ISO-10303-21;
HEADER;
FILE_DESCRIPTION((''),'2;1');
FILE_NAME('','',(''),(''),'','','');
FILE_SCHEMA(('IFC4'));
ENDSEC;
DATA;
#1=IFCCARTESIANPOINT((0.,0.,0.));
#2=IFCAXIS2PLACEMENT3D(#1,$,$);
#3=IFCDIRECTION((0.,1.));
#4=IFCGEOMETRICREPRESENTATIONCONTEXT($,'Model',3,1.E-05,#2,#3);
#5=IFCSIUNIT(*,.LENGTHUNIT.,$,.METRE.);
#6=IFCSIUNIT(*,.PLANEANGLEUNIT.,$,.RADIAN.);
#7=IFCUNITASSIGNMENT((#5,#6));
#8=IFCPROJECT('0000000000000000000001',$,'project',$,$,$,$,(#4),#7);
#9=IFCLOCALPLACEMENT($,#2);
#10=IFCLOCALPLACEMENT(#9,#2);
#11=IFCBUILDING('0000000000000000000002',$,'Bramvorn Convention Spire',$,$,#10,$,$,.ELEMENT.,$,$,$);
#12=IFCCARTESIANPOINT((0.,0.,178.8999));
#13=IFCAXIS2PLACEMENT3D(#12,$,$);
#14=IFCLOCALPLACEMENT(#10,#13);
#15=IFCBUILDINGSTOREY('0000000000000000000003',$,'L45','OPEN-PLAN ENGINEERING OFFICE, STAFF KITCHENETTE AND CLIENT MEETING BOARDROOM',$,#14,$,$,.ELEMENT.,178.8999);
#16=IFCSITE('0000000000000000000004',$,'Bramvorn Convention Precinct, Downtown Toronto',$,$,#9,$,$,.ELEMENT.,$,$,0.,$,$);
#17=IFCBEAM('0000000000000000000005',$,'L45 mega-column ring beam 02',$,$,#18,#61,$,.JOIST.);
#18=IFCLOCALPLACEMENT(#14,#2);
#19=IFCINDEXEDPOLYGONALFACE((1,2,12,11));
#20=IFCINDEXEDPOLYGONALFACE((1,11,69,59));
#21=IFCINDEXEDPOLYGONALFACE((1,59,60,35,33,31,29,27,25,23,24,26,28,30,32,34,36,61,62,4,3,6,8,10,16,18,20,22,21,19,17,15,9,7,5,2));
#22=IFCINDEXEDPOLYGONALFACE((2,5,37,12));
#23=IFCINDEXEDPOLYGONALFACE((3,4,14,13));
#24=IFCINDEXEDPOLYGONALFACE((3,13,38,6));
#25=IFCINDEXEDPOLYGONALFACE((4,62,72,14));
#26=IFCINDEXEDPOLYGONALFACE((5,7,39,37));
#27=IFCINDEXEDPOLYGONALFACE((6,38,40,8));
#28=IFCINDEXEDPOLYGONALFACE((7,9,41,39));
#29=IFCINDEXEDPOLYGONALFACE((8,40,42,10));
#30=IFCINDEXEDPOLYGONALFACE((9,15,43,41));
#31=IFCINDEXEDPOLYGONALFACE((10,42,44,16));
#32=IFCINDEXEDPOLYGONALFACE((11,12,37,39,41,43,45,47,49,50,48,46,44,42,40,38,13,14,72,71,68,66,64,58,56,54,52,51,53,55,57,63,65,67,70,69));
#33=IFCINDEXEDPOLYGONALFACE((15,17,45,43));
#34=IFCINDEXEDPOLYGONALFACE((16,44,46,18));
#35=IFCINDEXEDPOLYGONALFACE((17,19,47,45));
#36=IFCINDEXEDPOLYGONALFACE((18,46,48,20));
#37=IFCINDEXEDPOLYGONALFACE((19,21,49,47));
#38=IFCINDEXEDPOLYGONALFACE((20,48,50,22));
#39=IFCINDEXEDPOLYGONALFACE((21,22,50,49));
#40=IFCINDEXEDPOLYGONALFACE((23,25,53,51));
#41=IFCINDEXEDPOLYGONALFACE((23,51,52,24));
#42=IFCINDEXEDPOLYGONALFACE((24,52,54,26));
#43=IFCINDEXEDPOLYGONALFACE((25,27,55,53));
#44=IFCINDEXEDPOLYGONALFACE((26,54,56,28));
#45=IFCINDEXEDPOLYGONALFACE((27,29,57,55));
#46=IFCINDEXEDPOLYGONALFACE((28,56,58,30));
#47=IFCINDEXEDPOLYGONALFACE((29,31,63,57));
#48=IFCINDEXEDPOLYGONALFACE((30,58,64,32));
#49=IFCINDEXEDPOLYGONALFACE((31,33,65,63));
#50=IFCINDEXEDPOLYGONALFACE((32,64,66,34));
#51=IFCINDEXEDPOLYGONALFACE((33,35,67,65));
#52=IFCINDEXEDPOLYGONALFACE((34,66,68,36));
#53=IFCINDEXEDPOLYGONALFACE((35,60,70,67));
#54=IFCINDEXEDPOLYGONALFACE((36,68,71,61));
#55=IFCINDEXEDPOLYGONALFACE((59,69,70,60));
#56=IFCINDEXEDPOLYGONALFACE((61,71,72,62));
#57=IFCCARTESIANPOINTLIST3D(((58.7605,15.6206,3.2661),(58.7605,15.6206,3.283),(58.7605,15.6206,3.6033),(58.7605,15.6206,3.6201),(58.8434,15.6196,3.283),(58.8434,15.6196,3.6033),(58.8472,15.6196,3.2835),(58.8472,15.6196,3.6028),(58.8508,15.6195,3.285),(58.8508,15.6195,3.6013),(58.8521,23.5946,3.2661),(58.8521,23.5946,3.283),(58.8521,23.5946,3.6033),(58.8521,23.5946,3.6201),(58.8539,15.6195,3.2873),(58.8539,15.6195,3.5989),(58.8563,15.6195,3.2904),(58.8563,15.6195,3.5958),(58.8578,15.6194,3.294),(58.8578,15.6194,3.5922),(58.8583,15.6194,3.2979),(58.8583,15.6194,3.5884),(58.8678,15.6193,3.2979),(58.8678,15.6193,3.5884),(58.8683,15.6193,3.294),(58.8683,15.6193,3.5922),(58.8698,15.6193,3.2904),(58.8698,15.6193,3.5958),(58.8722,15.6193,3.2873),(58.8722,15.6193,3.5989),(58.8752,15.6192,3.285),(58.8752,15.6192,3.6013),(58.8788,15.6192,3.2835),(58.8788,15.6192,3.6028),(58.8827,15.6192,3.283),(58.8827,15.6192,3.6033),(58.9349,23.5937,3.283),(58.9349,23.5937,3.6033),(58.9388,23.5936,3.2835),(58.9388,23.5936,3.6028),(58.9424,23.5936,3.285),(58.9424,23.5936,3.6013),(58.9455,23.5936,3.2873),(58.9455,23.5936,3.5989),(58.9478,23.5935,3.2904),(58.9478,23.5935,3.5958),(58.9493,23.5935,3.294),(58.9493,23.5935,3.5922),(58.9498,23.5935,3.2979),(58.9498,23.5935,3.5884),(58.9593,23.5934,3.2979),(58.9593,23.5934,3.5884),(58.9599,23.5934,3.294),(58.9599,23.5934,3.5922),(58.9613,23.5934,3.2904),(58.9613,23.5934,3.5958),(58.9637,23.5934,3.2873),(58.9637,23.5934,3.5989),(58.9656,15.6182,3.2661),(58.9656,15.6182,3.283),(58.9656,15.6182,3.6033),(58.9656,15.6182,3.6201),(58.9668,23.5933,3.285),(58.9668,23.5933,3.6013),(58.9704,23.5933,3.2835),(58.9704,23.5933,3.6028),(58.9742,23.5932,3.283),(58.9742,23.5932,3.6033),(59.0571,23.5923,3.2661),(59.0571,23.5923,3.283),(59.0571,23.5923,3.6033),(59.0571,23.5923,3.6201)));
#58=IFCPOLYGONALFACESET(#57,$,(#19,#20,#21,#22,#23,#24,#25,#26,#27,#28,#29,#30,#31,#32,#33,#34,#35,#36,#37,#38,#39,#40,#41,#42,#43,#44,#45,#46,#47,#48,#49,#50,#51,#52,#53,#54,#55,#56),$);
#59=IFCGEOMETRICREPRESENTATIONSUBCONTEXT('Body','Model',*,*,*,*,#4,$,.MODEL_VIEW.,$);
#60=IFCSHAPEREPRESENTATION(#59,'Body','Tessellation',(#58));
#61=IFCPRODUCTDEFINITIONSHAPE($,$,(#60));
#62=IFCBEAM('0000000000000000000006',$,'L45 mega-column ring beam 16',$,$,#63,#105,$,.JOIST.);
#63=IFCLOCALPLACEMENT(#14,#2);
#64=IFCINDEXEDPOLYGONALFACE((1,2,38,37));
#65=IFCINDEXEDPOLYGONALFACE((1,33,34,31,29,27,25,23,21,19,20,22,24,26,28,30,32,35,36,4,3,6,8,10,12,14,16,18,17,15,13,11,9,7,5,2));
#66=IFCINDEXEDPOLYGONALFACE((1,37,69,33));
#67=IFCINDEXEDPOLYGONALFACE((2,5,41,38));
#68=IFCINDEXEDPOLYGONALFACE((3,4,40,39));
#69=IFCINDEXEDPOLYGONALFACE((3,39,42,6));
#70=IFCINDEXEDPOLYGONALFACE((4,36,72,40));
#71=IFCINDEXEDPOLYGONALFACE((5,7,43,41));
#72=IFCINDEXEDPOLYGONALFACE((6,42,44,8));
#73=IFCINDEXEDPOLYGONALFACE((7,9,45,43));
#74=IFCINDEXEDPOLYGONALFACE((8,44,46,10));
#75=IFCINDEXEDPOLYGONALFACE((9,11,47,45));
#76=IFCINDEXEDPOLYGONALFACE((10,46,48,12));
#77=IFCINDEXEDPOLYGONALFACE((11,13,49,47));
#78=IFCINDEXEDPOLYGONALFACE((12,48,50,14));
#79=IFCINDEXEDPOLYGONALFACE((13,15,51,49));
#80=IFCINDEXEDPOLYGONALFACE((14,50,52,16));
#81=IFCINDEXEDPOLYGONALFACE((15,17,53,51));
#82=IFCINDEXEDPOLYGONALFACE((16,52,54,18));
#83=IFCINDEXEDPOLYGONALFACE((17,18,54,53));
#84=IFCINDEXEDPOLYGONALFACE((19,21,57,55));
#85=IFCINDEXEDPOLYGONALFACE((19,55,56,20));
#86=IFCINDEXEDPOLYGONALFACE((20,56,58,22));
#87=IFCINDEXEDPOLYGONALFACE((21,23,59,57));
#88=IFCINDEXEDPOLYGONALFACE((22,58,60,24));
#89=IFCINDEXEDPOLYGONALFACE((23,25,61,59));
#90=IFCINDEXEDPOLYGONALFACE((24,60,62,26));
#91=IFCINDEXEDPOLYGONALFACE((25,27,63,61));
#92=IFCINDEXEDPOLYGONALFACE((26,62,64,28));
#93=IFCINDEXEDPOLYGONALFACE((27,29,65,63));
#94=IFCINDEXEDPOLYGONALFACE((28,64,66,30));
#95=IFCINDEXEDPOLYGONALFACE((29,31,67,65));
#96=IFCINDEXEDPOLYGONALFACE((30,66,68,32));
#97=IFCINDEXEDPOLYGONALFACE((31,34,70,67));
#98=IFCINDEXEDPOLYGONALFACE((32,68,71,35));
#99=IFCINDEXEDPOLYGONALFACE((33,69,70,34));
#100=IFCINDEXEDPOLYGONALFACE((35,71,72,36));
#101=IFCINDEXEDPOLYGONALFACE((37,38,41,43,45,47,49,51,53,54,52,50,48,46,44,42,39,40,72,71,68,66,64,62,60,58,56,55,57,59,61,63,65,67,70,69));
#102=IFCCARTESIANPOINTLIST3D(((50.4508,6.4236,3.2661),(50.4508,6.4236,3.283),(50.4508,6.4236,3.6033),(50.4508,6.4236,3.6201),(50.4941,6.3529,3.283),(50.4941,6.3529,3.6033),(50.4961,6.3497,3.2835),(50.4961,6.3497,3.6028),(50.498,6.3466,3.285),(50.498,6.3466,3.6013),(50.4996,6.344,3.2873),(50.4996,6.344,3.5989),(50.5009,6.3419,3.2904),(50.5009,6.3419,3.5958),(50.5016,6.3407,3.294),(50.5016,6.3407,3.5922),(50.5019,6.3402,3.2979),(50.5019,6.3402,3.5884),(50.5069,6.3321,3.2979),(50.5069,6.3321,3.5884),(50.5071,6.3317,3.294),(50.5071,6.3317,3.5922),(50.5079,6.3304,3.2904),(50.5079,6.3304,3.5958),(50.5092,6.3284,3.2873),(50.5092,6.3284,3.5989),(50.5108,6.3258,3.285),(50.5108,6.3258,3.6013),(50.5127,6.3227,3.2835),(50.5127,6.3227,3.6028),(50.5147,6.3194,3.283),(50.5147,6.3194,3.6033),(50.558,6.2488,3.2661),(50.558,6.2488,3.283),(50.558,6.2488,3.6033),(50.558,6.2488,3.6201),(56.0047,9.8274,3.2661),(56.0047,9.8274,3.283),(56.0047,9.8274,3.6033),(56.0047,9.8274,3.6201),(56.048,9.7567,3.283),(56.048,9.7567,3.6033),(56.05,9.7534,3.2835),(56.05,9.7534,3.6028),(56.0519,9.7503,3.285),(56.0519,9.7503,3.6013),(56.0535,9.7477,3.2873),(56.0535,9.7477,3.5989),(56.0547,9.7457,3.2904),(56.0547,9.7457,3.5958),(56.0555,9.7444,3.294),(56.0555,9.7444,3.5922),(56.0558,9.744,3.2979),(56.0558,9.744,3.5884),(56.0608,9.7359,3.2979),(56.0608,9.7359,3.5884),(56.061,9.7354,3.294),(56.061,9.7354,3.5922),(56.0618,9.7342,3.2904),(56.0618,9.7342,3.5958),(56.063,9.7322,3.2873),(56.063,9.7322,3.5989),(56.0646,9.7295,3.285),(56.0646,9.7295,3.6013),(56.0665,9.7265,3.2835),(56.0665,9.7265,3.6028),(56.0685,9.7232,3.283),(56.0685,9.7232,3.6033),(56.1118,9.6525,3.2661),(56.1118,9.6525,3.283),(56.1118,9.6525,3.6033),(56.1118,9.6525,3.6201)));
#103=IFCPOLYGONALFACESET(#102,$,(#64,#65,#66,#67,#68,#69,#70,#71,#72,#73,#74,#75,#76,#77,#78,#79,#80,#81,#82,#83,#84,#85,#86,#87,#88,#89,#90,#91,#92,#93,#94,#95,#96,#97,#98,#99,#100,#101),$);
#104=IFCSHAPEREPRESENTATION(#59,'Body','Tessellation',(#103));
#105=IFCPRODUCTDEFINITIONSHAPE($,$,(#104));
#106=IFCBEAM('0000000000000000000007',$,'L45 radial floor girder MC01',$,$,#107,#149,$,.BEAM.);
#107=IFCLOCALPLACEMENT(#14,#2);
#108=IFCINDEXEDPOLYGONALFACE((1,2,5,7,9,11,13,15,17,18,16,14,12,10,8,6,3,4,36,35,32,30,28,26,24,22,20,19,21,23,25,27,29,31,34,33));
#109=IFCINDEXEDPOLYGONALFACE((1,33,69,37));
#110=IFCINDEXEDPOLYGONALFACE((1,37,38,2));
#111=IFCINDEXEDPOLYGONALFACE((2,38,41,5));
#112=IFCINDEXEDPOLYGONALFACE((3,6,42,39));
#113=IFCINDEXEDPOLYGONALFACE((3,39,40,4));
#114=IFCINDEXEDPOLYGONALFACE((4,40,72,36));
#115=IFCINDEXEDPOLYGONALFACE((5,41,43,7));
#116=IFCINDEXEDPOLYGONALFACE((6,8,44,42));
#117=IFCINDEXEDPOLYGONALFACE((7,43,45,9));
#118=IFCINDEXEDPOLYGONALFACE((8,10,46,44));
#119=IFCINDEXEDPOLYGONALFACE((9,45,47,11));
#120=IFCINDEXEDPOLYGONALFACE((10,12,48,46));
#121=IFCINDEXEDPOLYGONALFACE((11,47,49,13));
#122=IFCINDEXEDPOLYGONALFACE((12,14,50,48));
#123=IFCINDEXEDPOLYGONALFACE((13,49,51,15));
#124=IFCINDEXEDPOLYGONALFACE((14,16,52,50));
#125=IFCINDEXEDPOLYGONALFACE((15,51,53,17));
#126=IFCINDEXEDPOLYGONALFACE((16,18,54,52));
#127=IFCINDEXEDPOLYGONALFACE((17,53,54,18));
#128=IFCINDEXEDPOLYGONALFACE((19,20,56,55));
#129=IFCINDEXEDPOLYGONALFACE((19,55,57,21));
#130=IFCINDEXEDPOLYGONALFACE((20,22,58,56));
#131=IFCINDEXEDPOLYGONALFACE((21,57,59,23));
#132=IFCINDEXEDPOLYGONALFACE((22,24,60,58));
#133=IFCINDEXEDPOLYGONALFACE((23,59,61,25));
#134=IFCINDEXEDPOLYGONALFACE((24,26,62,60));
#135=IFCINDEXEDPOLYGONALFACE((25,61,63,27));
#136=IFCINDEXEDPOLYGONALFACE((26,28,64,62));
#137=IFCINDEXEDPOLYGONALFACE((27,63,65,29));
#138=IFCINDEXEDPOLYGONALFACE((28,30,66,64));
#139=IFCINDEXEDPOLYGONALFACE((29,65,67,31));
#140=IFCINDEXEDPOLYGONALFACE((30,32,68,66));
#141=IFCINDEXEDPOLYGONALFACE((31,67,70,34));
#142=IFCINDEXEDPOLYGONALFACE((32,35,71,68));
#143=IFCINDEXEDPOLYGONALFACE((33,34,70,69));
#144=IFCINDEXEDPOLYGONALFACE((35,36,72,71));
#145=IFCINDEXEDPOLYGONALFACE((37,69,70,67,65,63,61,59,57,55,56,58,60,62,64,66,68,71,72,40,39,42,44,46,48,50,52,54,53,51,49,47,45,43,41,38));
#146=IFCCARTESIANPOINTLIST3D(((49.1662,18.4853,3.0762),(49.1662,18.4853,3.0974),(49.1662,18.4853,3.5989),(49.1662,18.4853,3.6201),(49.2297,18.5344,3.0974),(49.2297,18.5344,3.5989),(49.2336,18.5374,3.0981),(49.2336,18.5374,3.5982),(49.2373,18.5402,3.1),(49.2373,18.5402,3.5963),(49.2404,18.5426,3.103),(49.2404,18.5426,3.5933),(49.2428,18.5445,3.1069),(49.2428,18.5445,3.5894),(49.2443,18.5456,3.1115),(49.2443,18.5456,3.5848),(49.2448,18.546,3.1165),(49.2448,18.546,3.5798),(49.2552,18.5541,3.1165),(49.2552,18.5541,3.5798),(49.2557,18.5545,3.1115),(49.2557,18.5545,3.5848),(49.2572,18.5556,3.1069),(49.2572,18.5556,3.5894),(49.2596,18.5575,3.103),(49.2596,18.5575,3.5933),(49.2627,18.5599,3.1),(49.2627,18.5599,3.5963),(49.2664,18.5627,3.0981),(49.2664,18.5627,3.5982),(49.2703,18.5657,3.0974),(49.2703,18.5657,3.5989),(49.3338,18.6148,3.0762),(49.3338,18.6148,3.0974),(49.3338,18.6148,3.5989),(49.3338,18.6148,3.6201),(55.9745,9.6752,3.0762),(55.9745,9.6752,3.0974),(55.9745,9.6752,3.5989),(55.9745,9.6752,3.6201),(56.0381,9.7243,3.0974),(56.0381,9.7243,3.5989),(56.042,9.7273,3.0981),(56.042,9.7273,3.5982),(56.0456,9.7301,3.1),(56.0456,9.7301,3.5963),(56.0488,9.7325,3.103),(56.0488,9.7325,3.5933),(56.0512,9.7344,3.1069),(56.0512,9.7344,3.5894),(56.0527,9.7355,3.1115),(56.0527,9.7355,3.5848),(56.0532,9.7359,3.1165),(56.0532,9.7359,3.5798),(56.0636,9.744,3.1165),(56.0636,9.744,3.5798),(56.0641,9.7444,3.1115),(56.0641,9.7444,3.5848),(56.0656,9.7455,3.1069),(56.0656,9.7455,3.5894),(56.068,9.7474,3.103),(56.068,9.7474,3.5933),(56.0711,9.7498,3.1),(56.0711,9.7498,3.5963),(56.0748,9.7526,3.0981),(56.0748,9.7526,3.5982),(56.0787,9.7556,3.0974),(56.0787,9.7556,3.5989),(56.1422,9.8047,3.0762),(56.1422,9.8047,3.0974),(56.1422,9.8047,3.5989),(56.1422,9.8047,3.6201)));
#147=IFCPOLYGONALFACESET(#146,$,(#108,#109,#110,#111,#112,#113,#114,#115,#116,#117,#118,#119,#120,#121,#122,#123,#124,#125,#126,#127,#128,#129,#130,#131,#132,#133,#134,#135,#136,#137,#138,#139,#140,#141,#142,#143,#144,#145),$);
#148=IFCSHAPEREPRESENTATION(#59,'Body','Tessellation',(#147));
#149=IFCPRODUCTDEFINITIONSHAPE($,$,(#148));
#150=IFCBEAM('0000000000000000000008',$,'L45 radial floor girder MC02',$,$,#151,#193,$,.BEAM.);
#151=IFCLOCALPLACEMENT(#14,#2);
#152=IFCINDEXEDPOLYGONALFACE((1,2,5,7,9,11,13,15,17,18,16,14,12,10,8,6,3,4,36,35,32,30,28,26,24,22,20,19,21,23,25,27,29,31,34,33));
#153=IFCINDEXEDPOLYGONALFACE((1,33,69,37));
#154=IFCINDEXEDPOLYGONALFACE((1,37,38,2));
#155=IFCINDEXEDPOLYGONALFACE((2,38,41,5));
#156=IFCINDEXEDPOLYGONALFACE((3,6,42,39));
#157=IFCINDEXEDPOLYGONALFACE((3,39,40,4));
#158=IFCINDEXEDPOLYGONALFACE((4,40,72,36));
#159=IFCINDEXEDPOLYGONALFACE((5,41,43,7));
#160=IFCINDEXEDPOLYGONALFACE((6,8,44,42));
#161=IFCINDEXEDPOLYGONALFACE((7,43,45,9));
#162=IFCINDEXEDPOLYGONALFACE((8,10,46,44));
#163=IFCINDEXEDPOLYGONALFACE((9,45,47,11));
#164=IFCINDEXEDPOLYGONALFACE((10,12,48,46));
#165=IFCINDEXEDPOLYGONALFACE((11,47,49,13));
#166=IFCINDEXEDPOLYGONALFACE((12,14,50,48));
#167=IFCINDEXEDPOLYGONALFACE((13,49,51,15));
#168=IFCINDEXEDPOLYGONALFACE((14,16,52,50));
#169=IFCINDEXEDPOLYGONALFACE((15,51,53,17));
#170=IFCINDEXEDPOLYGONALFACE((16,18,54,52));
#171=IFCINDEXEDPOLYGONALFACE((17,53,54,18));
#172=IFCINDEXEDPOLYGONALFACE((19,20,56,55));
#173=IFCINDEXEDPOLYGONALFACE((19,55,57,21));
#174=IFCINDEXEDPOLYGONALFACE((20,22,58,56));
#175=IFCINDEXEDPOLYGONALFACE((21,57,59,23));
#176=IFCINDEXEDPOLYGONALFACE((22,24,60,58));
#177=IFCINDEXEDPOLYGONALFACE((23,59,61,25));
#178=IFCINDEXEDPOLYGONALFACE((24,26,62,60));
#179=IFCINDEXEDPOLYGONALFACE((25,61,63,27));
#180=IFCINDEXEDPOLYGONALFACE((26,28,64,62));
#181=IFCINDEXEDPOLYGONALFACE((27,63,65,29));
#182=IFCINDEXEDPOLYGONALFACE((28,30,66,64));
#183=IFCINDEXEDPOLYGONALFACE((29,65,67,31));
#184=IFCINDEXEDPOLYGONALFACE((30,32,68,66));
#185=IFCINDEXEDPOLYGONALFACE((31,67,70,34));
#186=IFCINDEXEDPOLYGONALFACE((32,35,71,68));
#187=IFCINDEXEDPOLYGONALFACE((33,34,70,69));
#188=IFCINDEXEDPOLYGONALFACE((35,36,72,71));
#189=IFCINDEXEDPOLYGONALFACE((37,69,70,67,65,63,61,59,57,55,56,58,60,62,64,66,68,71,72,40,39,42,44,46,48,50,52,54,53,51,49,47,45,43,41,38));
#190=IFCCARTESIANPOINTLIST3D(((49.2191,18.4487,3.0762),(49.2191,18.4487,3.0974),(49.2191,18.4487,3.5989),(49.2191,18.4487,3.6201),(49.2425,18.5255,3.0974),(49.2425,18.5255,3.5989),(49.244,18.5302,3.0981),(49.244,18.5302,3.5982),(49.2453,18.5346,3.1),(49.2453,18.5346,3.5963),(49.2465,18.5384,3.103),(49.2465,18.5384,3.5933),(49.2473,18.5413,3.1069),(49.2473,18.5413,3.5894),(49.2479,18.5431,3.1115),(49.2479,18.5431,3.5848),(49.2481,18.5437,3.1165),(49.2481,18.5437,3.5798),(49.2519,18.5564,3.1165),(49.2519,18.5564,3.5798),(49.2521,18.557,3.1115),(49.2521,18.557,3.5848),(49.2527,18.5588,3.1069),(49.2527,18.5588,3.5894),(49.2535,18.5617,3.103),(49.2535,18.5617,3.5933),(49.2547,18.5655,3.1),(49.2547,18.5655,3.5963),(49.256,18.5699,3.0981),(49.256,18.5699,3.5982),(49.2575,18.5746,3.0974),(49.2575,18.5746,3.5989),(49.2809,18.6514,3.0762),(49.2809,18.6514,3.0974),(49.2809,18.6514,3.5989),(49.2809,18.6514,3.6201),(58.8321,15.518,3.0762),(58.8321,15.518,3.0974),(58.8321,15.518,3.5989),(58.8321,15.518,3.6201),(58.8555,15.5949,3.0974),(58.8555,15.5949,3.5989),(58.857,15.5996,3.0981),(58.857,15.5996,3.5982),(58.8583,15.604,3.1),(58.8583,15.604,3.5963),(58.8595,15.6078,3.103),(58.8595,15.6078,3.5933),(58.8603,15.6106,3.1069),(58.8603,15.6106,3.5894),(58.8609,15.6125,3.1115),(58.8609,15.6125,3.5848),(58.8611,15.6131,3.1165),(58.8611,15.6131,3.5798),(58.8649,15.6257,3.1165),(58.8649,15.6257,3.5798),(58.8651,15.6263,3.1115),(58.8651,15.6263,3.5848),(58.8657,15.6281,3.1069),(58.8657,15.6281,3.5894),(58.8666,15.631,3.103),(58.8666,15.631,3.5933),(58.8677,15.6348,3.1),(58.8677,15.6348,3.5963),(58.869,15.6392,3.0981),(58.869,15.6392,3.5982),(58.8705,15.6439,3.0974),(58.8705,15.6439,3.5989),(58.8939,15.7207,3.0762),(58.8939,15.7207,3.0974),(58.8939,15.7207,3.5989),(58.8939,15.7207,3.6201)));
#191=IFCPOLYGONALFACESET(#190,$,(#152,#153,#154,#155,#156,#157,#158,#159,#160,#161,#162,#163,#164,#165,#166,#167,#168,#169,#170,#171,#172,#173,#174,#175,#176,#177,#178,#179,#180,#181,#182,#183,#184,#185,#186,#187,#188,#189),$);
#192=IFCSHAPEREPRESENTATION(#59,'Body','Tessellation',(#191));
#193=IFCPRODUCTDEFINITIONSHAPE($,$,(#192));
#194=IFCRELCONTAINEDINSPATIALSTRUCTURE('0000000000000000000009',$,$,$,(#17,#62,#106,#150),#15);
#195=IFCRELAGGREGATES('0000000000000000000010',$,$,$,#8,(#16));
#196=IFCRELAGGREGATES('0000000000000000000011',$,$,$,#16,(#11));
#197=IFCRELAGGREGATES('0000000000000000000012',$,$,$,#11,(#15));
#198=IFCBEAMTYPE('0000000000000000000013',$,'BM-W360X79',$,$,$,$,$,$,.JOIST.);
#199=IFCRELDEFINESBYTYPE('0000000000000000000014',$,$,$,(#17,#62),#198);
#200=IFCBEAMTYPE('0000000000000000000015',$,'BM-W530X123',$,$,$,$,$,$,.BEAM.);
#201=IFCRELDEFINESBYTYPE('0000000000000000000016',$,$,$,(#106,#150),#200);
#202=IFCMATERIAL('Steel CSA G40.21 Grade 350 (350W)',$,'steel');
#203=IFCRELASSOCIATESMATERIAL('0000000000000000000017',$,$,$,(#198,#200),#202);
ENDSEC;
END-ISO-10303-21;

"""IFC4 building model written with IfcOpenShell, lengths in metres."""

from ifc_helpers import new_model, si_unit, direction, frame, origin, origin_2d, place, context, subcontext, project, spatial, i_section, extrude, material, material_profile, profile_set, type_object, element, save


model = new_model("IFC4")

# Units and contexts
model_context = context("Model", 3, precision=1e-05, world=origin(), true_north=direction((0.0, 1.0)))
body_context = subcontext(model_context, "Body", "Model", "MODEL_VIEW")
ifc_project = project(units=[si_unit("LENGTHUNIT", "METRE"), si_unit("PLANEANGLEUNIT", "RADIAN")], contexts=[model_context])

# Site, building, storey
site_placement = place(None, origin())
site = spatial("IfcSite", under=ifc_project, at=site_placement, Name="Bramvorn Convention Precinct, Downtown Toronto", CompositionType="ELEMENT", RefElevation=0.0)
building_placement = place(site_placement, origin())
building = spatial("IfcBuilding", under=site, at=building_placement, Name="Bramvorn Convention Spire", CompositionType="ELEMENT")
storey_placement = place(building_placement, frame((0.0, 0.0, 178.8999)))
storey = spatial("IfcBuildingStorey", under=building, at=storey_placement, Name="L45", Description="OPEN-PLAN ENGINEERING OFFICE, STAFF KITCHENETTE AND CLIENT MEETING BOARDROOM", CompositionType="ELEMENT", Elevation=178.8999)

# Shared definitions
ifc_material_1 = material(Name="Steel CSA G40.21 Grade 350 (350W)", Category="steel")

# Beams
ifc_material_profile_1 = material_profile(ifc_material_1, i_section(OverallWidth=0.2051, OverallDepth=0.354, WebThickness=0.0095, FlangeThickness=0.0168, FilletRadius=0.0149, at=origin_2d()))
ifc_profile_set_1 = profile_set([ifc_material_profile_1], Name="Steel CSA G40.21 Grade 350 (350W) - W360X79")
beam_type_1 = type_object("IfcBeamType", Name="BM-W360X79", PredefinedType="JOIST", material=ifc_profile_set_1)
beam_1_placement = place(storey_placement, frame((58.863, 15.6194, 3.4431), z_axis=(0.01148, 0.999934, 0.0), x_axis=(-0.999934, 0.01148, 0.0)))
element("IfcBeam", 1, at=beam_1_placement, inside=storey, type_object=beam_type_1, Name="L45 mega-column ring beam 02", PredefinedType="JOIST", context=body_context, shape_type="SweptSolid", body=[
    extrude(i_section(OverallWidth=0.2051, OverallDepth=0.354, WebThickness=0.0095, FlangeThickness=0.0168, FilletRadius=0.0149, at=origin_2d()), origin(), (0.0, 0.0, 1.0), 7.9746),
])
beam_2_placement = place(storey_placement, frame((50.5044, 6.3362, 3.4431), z_axis=(0.852617, 0.522537, 0.0), x_axis=(-0.522537, 0.852617, 0.0)))
element("IfcBeam", 2, at=beam_2_placement, inside=storey, type_object=beam_type_1, Name="L45 mega-column ring beam 16", PredefinedType="JOIST", context=body_context, shape_type="SweptSolid", body=[
    extrude(i_section(OverallWidth=0.2051, OverallDepth=0.354, WebThickness=0.0095, FlangeThickness=0.0168, FilletRadius=0.0149, at=origin_2d()), origin(), (0.0, 0.0, 1.0), 6.5139),
])
ifc_material_profile_2 = material_profile(ifc_material_1, i_section(OverallWidth=0.2119, OverallDepth=0.5439, WebThickness=0.0132, FlangeThickness=0.0212, FilletRadius=0.019, at=origin_2d()))
ifc_profile_set_2 = profile_set([ifc_material_profile_2], Name="Steel CSA G40.21 Grade 350 (350W) - W530X123")
beam_type_2 = type_object("IfcBeamType", Name="BM-W530X123", PredefinedType="BEAM", material=ifc_profile_set_2)
beam_3_placement = place(storey_placement, frame((49.25, 18.55, 3.3481), z_axis=(0.61148, -0.79126, 0.0), x_axis=(0.79126, 0.61148, 0.0)))
element("IfcBeam", 3, at=beam_3_placement, inside=storey, type_object=beam_type_2, Name="L45 radial floor girder MC01", PredefinedType="BEAM", context=body_context, shape_type="SweptSolid", body=[
    extrude(i_section(OverallWidth=0.2119, OverallDepth=0.5439, WebThickness=0.0132, FlangeThickness=0.0212, FilletRadius=0.019, at=origin_2d()), origin(), (0.0, 0.0, 1.0), 11.1343),
])
beam_4_placement = place(storey_placement, frame((49.25, 18.55, 3.3481), z_axis=(0.956536, -0.291613, 0.0), x_axis=(0.291613, 0.956536, 0.0)))
element("IfcBeam", 4, at=beam_4_placement, inside=storey, type_object=beam_type_2, Name="L45 radial floor girder MC02", PredefinedType="BEAM", context=body_context, shape_type="SweptSolid", body=[
    extrude(i_section(OverallWidth=0.2119, OverallDepth=0.5439, WebThickness=0.0132, FlangeThickness=0.0212, FilletRadius=0.019, at=origin_2d()), origin(), (0.0, 0.0, 1.0), 10.0498),
])

save(model, "model.ifc")
